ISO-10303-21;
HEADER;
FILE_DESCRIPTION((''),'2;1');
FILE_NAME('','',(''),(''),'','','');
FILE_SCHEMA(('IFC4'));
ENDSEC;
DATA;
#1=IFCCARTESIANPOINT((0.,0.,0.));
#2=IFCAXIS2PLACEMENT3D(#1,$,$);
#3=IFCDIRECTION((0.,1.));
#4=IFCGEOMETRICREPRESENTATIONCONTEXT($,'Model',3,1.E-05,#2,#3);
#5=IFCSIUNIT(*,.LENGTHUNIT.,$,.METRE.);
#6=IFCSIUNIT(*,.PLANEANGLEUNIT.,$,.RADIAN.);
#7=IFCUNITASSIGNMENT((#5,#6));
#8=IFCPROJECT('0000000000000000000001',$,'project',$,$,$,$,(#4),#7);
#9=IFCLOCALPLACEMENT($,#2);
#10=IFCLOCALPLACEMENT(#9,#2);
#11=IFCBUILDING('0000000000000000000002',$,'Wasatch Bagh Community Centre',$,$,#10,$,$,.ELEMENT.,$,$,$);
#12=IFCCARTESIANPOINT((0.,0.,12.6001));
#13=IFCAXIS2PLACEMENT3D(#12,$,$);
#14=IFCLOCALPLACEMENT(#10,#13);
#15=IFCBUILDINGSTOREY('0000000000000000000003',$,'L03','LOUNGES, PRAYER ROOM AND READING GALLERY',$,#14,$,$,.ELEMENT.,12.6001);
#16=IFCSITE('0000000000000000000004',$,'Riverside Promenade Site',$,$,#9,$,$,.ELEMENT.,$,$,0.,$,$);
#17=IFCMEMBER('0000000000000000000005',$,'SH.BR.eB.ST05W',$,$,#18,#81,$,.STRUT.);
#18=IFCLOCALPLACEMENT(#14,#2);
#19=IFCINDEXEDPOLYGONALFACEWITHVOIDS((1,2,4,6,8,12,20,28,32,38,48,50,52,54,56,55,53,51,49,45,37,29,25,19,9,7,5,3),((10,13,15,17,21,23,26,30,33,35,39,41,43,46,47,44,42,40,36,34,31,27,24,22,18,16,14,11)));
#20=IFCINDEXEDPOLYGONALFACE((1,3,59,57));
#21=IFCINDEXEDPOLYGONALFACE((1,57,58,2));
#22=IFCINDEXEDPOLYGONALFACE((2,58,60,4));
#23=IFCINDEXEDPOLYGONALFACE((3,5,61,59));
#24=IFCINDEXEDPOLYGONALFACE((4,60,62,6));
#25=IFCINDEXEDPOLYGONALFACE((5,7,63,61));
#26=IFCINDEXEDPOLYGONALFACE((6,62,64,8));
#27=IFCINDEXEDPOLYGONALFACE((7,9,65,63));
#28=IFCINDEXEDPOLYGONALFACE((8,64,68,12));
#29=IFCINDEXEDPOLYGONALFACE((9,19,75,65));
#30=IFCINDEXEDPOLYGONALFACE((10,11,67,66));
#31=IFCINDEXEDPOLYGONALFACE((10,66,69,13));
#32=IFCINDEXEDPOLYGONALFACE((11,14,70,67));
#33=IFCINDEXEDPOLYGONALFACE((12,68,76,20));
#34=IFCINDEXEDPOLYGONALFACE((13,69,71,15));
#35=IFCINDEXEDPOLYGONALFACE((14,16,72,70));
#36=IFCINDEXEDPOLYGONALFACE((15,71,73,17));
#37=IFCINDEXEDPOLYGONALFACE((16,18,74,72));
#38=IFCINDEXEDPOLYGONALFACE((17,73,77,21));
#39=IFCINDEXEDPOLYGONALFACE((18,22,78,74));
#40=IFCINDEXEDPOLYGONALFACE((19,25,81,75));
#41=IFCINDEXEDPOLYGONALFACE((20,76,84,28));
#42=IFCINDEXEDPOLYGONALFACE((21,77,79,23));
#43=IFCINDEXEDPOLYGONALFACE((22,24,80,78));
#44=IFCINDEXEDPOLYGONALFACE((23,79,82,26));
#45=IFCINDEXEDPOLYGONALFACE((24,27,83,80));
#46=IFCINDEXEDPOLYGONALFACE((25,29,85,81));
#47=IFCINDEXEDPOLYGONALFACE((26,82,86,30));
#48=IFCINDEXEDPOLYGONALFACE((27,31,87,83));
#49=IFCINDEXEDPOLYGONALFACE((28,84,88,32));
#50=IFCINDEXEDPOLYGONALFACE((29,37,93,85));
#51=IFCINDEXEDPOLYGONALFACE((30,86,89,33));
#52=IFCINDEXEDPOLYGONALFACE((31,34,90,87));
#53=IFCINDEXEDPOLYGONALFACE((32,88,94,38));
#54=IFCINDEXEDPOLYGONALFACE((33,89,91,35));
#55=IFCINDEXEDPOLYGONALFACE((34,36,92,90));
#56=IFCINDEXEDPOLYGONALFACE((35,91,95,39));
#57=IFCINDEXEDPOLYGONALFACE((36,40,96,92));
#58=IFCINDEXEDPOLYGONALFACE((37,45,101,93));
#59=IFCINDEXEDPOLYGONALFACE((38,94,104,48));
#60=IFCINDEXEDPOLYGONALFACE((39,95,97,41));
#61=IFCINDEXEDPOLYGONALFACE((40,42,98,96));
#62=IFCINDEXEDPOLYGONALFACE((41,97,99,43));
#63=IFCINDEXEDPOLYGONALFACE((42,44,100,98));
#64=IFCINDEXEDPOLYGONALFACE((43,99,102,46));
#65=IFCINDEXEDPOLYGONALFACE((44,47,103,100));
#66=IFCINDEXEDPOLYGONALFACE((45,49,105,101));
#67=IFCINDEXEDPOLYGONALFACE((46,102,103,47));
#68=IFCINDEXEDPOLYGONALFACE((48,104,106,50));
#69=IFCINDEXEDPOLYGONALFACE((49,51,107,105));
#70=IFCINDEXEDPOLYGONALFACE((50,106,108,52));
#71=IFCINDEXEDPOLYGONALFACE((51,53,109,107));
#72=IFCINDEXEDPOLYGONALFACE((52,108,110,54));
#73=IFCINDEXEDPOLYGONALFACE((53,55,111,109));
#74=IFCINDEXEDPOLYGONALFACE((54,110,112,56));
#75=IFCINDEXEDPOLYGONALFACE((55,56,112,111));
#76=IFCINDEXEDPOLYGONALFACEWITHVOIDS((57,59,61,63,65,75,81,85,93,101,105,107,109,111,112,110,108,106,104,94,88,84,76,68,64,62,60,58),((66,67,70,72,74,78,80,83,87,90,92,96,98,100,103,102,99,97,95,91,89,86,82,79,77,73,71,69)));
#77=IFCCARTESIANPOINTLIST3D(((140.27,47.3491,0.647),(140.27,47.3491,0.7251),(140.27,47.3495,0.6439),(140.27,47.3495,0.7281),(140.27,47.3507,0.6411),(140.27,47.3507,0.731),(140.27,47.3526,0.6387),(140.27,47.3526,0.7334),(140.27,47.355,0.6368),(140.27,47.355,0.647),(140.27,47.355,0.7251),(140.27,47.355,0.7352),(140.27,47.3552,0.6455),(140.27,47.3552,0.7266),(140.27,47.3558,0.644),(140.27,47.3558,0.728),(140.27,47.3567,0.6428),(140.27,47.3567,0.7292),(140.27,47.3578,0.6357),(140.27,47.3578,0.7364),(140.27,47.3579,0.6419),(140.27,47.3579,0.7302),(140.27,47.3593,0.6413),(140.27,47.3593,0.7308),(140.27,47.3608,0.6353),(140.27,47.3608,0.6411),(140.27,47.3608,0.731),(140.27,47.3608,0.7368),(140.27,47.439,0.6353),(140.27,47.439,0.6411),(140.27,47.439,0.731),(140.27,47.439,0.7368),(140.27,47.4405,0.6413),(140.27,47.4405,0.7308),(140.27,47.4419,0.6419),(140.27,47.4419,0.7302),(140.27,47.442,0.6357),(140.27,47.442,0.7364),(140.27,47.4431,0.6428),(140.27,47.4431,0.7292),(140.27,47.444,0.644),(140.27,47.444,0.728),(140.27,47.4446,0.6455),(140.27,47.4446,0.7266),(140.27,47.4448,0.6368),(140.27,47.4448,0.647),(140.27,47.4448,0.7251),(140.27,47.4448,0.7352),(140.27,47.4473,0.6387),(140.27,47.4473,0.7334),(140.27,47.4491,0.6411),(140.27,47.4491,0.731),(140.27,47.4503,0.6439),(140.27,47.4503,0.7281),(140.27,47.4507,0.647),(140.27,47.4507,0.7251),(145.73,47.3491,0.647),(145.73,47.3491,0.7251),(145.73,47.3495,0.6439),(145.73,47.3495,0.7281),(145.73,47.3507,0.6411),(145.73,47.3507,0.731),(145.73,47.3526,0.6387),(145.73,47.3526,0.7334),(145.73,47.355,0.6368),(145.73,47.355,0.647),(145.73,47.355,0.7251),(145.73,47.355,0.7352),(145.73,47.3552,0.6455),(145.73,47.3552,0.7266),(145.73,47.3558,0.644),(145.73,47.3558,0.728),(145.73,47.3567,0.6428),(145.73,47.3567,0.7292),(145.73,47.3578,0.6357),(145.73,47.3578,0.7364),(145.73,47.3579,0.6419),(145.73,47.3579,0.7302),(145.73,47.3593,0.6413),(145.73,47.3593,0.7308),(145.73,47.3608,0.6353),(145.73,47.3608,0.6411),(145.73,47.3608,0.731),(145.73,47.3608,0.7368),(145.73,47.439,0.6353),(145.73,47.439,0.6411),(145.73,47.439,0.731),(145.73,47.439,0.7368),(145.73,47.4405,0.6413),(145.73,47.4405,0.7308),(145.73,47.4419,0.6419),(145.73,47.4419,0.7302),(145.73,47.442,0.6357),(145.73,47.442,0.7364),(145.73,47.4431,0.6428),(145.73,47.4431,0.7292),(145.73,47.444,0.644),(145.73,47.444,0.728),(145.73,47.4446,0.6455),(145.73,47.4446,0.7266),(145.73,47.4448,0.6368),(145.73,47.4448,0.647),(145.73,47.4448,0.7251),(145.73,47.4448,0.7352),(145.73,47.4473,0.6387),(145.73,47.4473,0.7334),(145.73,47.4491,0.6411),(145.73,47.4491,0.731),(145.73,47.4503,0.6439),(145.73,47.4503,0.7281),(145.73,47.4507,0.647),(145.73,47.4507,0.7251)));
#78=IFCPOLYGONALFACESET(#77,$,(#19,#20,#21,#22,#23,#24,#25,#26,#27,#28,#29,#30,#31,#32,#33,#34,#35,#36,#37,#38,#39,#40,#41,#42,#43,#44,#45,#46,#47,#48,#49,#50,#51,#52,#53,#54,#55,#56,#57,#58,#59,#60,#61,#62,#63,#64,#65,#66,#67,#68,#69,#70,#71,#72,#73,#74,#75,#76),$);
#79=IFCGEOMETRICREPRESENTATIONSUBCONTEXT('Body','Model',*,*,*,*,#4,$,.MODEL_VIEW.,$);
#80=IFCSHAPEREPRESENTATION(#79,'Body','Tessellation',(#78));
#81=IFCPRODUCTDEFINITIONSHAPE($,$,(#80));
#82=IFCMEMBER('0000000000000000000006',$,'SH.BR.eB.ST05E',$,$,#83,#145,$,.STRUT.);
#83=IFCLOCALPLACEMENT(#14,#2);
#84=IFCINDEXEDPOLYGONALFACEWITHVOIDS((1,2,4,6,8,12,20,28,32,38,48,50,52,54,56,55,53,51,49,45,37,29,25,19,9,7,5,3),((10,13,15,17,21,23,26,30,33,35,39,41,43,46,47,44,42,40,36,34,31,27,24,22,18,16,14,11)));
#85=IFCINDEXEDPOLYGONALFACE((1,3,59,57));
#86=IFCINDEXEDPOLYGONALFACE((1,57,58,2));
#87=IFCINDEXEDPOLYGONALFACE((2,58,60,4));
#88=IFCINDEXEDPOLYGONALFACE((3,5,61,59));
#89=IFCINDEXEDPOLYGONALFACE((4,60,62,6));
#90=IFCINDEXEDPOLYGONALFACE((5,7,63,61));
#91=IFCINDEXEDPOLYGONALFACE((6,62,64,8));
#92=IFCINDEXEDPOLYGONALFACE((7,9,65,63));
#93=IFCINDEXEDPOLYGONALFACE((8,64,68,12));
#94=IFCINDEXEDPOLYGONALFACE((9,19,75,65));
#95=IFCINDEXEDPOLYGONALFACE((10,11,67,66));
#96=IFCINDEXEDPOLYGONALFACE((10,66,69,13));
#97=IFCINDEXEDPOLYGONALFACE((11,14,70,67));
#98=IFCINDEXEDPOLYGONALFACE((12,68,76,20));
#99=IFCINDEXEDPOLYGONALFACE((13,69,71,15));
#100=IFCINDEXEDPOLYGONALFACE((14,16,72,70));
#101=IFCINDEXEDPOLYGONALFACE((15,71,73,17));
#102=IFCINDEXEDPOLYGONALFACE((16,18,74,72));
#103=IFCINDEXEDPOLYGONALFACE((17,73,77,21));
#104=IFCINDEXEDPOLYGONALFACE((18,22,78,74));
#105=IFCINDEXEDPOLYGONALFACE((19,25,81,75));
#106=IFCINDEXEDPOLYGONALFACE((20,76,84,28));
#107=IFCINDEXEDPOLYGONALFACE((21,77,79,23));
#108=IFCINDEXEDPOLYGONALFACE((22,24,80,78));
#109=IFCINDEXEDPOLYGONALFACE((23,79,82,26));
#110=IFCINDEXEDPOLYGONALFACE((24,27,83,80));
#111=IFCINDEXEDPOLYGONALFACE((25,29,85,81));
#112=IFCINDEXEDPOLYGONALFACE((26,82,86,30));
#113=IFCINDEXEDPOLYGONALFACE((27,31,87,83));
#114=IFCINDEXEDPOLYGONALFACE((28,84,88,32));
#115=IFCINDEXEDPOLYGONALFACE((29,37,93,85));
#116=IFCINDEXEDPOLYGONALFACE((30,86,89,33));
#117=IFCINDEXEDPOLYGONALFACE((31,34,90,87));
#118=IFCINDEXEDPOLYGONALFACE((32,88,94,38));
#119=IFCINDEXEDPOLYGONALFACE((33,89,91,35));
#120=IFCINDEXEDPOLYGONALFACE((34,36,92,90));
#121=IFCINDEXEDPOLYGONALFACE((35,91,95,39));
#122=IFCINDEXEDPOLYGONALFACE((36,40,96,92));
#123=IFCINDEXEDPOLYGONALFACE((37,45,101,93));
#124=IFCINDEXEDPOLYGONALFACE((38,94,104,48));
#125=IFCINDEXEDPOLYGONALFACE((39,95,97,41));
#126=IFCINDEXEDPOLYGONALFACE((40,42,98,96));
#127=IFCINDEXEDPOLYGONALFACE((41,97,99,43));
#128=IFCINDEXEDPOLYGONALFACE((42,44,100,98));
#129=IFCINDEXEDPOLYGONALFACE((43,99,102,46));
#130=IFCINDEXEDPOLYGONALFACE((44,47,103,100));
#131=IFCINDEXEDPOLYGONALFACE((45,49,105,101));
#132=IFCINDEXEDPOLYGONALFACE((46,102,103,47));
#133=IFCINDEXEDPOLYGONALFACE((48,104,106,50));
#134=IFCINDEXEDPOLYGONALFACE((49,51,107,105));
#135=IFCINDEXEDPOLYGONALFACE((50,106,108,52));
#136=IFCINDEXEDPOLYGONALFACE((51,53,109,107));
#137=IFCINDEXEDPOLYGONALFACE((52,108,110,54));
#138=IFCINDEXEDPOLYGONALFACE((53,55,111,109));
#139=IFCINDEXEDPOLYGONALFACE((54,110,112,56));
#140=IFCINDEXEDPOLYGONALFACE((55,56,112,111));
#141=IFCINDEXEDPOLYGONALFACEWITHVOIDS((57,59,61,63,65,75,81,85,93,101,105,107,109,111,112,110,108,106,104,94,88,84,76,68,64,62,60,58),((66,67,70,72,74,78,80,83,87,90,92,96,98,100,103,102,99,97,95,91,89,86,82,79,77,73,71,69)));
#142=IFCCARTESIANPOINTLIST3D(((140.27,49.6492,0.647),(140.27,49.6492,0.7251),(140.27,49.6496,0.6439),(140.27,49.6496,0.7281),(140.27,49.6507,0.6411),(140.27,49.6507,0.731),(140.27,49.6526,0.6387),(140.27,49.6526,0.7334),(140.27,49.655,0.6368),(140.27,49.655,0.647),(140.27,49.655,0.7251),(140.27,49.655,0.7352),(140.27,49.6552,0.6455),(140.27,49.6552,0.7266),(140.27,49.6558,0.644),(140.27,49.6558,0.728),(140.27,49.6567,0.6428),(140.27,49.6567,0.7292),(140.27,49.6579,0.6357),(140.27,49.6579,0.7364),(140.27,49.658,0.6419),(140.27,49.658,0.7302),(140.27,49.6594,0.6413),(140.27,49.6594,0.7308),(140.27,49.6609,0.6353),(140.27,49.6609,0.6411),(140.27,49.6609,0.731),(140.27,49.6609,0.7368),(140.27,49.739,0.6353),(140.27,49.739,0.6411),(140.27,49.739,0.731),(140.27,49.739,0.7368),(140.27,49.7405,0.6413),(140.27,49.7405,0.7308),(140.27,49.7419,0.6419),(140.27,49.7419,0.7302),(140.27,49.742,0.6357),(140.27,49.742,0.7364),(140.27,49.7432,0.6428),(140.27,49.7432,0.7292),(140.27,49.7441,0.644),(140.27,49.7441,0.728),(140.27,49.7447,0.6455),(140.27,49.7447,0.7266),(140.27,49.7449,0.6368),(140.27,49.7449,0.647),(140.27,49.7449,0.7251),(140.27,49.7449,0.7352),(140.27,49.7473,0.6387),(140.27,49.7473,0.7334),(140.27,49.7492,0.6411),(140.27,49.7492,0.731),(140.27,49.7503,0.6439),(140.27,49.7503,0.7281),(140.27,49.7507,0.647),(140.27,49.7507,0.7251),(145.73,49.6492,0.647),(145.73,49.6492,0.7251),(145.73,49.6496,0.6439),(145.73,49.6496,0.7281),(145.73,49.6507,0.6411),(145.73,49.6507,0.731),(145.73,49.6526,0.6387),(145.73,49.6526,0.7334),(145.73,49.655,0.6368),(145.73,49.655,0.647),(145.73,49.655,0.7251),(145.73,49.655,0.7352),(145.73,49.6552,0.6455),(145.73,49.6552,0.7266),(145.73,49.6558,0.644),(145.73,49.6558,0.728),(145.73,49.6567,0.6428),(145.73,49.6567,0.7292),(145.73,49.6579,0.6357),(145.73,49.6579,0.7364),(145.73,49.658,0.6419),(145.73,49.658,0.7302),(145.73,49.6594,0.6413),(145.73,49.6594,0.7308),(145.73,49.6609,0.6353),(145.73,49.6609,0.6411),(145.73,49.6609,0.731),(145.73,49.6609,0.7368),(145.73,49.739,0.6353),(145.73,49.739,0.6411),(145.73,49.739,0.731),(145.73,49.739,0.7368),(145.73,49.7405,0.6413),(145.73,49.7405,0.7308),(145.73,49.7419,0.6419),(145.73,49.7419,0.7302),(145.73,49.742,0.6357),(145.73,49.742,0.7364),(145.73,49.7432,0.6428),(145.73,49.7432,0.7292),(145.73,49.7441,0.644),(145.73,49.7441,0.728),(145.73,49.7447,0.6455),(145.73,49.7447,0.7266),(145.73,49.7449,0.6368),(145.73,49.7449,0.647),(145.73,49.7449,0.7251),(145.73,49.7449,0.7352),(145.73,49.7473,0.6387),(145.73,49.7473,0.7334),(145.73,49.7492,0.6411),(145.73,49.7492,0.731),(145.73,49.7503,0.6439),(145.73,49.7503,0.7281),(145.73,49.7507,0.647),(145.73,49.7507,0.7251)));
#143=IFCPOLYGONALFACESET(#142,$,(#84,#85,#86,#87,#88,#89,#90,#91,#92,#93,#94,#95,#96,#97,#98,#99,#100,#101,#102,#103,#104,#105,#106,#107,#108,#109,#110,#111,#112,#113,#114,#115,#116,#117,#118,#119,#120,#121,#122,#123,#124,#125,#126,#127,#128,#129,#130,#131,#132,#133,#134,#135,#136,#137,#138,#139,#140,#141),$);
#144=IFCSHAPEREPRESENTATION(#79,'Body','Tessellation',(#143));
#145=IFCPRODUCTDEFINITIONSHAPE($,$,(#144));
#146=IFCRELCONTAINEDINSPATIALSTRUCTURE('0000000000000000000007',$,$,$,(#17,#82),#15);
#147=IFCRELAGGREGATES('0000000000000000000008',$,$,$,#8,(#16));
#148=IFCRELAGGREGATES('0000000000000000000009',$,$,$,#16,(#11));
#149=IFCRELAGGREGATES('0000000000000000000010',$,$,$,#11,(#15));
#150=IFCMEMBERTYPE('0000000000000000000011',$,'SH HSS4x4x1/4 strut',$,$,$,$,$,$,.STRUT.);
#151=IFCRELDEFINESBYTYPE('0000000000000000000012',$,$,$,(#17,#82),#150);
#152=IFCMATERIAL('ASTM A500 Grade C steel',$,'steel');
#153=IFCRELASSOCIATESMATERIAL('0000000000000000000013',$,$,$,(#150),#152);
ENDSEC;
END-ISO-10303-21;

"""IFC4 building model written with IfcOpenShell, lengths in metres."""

from ifc_helpers import new_model, si_unit, direction, frame, origin, origin_2d, place, context, subcontext, project, spatial, hollow_rectangle, extrude, material, material_profile, profile_set, type_object, element, save


model = new_model("IFC4")

# Units and contexts
model_context = context("Model", 3, precision=1e-05, world=origin(), true_north=direction((0.0, 1.0)))
body_context = subcontext(model_context, "Body", "Model", "MODEL_VIEW")
ifc_project = project(units=[si_unit("LENGTHUNIT", "METRE"), si_unit("PLANEANGLEUNIT", "RADIAN")], contexts=[model_context])

# Site, building, storey
site_placement = place(None, origin())
site = spatial("IfcSite", under=ifc_project, at=site_placement, Name="Riverside Promenade Site", CompositionType="ELEMENT", RefElevation=0.0)
building_placement = place(site_placement, origin())
building = spatial("IfcBuilding", under=site, at=building_placement, Name="Wasatch Bagh Community Centre", CompositionType="ELEMENT")
storey_placement = place(building_placement, frame((0.0, 0.0, 12.6001)))
storey = spatial("IfcBuildingStorey", under=building, at=storey_placement, Name="L03", Description="LOUNGES, PRAYER ROOM AND READING GALLERY", CompositionType="ELEMENT", Elevation=12.6001)

# Members
ifc_material_1 = material(Name="ASTM A500 Grade C steel", Category="steel")
ifc_material_profile_1 = material_profile(ifc_material_1, hollow_rectangle(XDim=0.1016, YDim=0.1016, WallThickness=0.0059, InnerFilletRadius=0.0059, OuterFilletRadius=0.0117, at=origin_2d()), Name="HSS4x4x1/4")
ifc_profile_set_1 = profile_set([ifc_material_profile_1], Name="ASTM A500 Grade C steel")
member_type_1 = type_object("IfcMemberType", Name="SH HSS4x4x1/4 strut", PredefinedType="STRUT", material=ifc_profile_set_1)
for number, where, z_axis, x_axis, name in (
    (1, (140.27, 47.3999, 0.686), (1.0, 0.0, 0.0), (0.0, 1.0, 0.0), "SH.BR.eB.ST05W"),
    (2, (140.27, 49.7, 0.686), (1.0, 0.0, 0.0), (0.0, 1.0, 0.0), "SH.BR.eB.ST05E"),
):
    element("IfcMember", number, at=place(storey_placement, frame(where, z_axis=z_axis, x_axis=x_axis)), inside=storey, type_object=member_type_1, Name=name, PredefinedType="STRUT", context=body_context, shape_type="SweptSolid", body=[
        extrude(hollow_rectangle(XDim=0.1016, YDim=0.1016, WallThickness=0.0059, InnerFilletRadius=0.0059, OuterFilletRadius=0.0117, at=origin_2d()), origin(), (0.0, 0.0, 1.0), 5.46),
    ])

save(model, "model.ifc")
